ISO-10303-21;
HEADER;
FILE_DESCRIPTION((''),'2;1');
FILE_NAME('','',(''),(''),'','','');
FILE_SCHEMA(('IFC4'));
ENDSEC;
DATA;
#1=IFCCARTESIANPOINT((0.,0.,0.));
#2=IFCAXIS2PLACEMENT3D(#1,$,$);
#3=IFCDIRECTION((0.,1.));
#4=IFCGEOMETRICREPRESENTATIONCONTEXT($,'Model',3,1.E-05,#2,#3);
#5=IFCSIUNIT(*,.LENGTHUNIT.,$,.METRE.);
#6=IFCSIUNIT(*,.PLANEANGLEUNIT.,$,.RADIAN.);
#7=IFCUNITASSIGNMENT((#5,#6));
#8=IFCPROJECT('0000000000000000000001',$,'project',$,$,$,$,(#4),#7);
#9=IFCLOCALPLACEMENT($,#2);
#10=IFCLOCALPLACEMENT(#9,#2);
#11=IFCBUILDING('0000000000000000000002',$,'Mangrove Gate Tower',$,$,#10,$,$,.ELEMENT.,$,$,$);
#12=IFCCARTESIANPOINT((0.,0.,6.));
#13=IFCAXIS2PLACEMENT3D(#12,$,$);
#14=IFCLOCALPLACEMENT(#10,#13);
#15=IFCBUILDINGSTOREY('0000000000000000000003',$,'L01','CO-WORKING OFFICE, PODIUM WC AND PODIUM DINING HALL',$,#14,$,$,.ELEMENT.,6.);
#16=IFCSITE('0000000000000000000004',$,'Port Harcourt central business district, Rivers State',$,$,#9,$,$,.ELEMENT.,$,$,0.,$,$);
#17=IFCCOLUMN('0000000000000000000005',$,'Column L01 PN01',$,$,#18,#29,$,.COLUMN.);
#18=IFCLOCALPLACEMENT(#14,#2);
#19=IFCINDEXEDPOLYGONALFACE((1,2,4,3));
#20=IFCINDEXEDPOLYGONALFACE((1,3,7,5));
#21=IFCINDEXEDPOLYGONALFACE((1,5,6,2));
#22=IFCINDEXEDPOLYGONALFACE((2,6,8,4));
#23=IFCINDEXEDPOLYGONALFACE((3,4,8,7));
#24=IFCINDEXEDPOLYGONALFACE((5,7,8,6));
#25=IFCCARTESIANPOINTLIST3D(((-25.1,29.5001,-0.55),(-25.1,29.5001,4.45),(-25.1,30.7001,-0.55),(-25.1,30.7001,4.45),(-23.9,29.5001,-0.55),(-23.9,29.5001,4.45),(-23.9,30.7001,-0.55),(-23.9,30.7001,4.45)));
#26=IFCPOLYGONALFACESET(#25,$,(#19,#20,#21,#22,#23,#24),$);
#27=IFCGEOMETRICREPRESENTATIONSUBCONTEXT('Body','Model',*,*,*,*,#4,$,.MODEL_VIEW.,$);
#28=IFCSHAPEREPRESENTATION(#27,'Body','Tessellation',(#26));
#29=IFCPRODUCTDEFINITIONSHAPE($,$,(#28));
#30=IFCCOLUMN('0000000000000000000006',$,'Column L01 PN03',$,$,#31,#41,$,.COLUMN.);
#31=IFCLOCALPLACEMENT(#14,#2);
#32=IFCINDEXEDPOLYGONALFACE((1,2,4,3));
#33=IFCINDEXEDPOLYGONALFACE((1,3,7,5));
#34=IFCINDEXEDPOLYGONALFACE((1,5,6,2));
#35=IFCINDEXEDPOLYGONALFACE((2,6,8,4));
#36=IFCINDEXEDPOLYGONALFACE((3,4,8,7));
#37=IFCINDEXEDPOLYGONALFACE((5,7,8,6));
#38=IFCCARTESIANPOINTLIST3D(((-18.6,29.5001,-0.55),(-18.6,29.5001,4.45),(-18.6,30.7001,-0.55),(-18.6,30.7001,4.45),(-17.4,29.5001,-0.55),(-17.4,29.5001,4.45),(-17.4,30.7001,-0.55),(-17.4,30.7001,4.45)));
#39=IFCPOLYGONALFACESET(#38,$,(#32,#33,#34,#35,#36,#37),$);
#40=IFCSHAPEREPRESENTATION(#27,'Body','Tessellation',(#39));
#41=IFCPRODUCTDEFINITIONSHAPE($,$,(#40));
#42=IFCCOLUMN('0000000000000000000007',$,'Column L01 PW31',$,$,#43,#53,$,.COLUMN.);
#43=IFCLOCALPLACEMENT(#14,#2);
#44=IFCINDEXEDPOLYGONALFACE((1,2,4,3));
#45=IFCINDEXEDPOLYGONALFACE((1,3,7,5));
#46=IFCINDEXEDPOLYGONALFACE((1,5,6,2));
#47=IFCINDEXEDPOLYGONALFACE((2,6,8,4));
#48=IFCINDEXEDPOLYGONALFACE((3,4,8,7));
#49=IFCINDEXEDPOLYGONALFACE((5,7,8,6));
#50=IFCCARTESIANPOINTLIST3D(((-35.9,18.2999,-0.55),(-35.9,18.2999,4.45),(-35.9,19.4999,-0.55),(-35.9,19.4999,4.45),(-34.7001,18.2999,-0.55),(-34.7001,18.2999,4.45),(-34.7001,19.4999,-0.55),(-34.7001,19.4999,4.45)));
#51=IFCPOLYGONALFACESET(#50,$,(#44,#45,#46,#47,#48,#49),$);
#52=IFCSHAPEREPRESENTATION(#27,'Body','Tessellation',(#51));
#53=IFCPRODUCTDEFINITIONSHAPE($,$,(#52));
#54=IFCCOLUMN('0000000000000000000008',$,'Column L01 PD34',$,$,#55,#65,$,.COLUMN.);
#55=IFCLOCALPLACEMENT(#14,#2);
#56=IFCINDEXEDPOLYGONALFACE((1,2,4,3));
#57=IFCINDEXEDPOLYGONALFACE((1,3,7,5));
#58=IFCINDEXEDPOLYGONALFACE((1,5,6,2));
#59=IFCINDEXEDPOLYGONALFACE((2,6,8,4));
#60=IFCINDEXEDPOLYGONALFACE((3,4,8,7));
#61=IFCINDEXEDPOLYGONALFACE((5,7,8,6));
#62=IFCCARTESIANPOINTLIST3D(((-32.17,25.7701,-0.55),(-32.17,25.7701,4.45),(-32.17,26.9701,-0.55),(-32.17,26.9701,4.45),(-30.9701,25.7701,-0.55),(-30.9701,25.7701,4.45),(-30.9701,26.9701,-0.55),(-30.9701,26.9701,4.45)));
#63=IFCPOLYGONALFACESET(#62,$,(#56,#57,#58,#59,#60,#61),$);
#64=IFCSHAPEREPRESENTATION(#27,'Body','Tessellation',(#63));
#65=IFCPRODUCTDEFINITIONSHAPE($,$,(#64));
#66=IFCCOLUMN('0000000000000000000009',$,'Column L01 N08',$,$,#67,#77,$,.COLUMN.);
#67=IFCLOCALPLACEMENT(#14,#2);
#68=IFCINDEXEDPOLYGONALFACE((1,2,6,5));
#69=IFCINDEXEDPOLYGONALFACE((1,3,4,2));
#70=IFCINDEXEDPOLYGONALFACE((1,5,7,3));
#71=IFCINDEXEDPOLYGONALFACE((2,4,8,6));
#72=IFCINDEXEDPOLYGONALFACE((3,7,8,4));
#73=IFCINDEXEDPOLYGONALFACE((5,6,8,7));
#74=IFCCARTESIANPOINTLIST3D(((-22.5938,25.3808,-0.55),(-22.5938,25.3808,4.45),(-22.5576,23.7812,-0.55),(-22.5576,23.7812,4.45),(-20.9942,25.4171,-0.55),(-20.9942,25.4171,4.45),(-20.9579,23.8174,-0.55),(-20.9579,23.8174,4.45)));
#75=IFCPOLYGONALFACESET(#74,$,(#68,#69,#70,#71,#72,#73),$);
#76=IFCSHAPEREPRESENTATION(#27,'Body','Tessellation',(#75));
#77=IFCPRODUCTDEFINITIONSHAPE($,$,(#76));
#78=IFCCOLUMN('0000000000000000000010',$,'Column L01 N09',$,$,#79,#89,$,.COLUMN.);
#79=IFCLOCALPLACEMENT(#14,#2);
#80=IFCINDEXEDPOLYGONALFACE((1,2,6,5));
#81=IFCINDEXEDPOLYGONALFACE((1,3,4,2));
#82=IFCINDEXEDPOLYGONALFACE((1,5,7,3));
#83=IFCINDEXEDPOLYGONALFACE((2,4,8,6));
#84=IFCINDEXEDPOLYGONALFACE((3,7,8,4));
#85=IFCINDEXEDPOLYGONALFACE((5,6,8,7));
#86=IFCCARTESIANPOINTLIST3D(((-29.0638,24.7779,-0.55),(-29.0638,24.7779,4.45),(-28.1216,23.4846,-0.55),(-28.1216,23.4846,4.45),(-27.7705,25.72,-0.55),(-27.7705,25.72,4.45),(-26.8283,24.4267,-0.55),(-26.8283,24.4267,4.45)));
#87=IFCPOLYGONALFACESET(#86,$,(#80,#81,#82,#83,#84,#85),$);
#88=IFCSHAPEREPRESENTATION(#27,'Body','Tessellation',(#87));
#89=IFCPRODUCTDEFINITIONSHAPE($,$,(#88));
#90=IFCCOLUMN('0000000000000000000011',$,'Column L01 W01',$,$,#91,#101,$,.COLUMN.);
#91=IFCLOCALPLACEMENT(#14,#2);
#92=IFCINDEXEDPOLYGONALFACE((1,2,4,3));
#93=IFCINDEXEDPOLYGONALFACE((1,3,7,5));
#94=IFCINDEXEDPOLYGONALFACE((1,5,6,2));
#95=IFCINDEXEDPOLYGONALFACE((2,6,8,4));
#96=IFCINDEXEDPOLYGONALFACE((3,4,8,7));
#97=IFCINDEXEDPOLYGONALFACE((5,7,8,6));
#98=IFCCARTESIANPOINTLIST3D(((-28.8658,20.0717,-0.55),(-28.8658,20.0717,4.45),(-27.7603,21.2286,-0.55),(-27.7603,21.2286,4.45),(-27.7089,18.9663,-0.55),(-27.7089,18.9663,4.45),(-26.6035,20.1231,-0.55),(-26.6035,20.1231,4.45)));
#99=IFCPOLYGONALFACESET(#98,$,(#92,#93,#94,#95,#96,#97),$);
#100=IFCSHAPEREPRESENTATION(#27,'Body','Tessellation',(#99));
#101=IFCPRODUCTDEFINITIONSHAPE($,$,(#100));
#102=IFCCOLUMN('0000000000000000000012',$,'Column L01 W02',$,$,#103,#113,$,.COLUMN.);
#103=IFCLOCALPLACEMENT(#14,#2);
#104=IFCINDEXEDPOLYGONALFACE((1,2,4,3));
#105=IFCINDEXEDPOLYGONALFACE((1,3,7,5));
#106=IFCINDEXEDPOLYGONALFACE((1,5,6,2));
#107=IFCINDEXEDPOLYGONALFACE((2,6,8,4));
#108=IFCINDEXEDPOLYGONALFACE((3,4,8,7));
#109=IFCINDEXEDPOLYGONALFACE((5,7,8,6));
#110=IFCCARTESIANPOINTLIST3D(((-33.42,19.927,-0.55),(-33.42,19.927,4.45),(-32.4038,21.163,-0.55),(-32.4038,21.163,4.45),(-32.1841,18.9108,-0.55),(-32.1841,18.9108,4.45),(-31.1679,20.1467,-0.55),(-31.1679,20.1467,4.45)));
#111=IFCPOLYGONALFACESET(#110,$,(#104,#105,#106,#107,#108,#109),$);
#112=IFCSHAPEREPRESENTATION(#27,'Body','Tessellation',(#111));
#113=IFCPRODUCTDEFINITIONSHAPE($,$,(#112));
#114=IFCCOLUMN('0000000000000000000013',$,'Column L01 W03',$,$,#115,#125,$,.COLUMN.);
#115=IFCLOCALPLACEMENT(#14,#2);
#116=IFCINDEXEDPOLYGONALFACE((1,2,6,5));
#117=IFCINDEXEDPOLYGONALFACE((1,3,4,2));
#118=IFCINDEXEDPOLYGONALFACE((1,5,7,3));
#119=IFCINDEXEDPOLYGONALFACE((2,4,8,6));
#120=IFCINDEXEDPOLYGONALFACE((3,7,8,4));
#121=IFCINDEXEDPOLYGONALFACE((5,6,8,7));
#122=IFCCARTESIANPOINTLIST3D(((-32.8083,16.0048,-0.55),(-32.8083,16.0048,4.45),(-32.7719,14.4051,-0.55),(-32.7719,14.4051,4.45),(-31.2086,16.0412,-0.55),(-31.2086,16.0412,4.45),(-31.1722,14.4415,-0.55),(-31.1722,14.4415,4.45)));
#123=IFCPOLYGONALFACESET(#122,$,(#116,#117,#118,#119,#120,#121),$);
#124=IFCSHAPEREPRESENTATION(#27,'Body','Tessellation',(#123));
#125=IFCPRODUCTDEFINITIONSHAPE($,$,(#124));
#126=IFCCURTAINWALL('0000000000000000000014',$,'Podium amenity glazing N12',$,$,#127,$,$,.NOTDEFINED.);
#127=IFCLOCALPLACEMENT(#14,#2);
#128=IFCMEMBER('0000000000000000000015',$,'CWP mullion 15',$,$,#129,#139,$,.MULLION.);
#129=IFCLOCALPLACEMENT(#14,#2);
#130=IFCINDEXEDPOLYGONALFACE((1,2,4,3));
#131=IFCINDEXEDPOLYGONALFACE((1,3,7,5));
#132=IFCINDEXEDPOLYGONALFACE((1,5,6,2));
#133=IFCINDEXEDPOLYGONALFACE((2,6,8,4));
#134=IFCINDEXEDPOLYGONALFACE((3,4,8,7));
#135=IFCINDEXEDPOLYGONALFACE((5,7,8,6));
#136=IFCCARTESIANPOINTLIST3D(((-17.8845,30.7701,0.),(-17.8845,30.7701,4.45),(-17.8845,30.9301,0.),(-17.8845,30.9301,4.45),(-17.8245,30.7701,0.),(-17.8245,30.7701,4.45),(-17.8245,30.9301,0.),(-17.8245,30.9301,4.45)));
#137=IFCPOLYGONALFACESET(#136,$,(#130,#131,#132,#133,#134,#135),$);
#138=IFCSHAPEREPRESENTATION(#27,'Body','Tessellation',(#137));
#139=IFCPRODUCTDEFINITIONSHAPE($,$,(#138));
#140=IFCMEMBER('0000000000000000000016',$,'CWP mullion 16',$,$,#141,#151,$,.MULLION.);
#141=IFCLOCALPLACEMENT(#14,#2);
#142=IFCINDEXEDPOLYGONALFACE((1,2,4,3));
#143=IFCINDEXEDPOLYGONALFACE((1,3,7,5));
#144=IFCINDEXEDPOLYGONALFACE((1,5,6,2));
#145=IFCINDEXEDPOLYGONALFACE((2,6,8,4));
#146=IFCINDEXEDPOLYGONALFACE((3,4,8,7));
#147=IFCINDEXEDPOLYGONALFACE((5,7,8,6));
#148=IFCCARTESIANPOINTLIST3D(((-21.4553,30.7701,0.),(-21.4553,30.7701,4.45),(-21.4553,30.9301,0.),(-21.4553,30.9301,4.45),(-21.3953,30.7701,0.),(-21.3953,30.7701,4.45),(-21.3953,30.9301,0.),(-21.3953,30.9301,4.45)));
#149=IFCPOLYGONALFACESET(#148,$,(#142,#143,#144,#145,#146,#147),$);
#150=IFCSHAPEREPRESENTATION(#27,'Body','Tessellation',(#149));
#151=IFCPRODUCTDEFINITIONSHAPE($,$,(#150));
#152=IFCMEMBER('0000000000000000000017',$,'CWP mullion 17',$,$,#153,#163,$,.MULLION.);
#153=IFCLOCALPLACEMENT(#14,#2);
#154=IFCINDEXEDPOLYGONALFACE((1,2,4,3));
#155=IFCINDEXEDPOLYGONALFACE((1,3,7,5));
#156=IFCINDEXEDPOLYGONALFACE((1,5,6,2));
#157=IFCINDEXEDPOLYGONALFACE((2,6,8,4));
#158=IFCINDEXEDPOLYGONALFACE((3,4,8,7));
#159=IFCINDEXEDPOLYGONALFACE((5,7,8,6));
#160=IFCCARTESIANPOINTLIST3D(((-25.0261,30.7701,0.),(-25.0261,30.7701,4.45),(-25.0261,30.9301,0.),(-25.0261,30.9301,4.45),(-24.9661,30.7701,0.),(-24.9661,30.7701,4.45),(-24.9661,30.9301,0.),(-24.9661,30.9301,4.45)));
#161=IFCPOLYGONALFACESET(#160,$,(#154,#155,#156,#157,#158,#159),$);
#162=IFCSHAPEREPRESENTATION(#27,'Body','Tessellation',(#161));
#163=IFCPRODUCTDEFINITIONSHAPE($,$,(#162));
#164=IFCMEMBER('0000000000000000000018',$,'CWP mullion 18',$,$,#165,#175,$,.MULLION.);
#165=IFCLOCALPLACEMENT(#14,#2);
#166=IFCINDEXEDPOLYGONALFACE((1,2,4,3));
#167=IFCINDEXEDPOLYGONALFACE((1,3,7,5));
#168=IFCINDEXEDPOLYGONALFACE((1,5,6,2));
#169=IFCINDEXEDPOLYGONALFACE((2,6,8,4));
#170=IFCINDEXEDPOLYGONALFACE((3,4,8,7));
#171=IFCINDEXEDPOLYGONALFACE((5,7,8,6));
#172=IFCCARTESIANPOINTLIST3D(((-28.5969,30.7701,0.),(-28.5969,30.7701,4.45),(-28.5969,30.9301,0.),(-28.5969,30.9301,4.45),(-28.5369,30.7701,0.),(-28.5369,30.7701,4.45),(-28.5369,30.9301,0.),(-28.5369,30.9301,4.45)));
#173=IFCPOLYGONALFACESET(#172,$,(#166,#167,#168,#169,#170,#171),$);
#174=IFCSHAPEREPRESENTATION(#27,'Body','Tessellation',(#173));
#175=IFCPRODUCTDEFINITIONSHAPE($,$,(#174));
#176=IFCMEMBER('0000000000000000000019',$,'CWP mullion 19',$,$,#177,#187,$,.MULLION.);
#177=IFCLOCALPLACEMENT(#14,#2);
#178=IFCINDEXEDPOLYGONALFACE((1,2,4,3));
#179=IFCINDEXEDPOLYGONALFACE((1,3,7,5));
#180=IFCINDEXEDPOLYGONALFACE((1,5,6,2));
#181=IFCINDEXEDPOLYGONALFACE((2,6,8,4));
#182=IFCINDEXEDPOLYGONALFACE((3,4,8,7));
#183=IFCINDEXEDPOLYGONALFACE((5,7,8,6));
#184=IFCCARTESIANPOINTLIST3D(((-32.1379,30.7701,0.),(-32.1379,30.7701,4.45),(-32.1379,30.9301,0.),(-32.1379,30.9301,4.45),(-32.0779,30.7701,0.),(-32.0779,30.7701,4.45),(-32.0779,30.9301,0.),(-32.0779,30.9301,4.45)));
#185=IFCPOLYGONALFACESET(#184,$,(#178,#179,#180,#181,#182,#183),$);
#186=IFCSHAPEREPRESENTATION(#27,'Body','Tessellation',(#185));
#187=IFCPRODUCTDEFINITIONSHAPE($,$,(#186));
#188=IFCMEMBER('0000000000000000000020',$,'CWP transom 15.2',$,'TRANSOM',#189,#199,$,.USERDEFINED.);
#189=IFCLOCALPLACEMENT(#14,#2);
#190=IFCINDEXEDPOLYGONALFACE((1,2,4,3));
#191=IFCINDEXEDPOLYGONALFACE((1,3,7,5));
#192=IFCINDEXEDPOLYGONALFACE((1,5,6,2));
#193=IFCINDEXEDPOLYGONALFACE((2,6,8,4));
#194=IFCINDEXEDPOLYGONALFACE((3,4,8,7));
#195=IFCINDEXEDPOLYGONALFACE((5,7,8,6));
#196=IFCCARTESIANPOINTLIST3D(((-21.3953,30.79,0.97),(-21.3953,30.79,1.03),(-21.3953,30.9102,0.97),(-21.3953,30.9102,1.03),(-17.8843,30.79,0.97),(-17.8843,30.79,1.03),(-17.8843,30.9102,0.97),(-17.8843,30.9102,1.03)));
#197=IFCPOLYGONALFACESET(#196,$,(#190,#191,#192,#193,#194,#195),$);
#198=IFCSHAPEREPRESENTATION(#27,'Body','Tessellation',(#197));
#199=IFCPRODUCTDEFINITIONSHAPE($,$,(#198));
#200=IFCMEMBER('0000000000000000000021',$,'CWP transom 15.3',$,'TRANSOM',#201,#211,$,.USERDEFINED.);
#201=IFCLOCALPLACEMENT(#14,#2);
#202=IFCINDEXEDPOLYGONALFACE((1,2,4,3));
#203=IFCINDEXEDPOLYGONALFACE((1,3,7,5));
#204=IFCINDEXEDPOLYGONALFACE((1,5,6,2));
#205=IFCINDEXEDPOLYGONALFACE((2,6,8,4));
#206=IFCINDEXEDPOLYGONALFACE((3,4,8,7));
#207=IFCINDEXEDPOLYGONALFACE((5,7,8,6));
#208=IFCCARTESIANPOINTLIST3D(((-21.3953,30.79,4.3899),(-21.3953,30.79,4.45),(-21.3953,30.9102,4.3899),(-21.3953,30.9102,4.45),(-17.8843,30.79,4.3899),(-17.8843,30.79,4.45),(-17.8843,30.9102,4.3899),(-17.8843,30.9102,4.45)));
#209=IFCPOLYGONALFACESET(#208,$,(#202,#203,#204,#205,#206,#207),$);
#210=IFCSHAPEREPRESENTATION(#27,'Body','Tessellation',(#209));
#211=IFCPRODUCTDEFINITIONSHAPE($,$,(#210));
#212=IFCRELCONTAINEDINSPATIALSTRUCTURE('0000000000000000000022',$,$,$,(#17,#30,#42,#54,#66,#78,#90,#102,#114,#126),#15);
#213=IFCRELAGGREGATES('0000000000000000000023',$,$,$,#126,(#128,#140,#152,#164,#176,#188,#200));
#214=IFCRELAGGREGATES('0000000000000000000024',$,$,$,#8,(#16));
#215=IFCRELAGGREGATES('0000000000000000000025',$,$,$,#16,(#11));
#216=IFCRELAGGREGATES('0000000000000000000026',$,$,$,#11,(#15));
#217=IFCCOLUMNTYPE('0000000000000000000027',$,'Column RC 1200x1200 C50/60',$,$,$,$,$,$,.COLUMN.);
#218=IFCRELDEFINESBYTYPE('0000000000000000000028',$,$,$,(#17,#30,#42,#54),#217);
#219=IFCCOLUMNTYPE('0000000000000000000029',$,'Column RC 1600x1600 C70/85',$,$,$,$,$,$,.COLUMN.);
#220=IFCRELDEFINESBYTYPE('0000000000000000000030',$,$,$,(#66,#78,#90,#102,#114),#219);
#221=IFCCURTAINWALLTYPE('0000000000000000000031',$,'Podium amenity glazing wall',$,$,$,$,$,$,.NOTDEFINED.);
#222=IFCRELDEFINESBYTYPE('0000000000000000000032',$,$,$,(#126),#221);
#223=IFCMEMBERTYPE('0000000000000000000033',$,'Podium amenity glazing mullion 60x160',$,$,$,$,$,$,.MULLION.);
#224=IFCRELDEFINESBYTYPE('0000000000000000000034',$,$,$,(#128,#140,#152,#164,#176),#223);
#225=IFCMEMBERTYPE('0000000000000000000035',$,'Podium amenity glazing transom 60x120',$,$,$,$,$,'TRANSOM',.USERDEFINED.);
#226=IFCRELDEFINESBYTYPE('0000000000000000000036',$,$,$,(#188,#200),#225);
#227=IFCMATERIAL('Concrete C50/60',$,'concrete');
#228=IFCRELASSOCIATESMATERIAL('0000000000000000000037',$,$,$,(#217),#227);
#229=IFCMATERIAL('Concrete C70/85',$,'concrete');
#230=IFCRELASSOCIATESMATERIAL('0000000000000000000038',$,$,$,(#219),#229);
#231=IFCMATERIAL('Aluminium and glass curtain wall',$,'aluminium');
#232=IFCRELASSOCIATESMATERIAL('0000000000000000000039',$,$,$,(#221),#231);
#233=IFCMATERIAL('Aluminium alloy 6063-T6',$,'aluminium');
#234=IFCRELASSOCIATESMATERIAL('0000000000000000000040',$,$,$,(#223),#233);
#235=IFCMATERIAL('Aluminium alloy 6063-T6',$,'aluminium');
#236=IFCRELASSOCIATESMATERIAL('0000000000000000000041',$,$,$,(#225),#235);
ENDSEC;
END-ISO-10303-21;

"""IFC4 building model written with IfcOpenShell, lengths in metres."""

from ifc_helpers import new_model, si_unit, direction, frame, origin, origin_2d, place, context, subcontext, project, spatial, rectangle, extrude, material, material_profile, profile_set, type_object, element, aggregate, save


model = new_model("IFC4")

# Units and contexts
model_context = context("Model", 3, precision=1e-05, world=origin(), true_north=direction((0.0, 1.0)))
body_context = subcontext(model_context, "Body", "Model", "MODEL_VIEW")
ifc_project = project(units=[si_unit("LENGTHUNIT", "METRE"), si_unit("PLANEANGLEUNIT", "RADIAN")], contexts=[model_context])

# Site, building, storey
site_placement = place(None, origin())
site = spatial("IfcSite", under=ifc_project, at=site_placement, Name="Port Harcourt central business district, Rivers State", CompositionType="ELEMENT", RefElevation=0.0)
building_placement = place(site_placement, origin())
building = spatial("IfcBuilding", under=site, at=building_placement, Name="Mangrove Gate Tower", CompositionType="ELEMENT")
storey_placement = place(building_placement, frame((0.0, 0.0, 6.0)))
storey = spatial("IfcBuildingStorey", under=building, at=storey_placement, Name="L01", Description="CO-WORKING OFFICE, PODIUM WC AND PODIUM DINING HALL", CompositionType="ELEMENT", Elevation=6.0)

# Columns
ifc_material_1 = material(Name="Concrete C50/60", Category="concrete")
ifc_material_profile_1 = material_profile(ifc_material_1, rectangle(XDim=1.2, YDim=1.2, at=origin_2d()))
ifc_profile_set_1 = profile_set([ifc_material_profile_1], Name="Concrete C50/60")
column_type_1 = type_object("IfcColumnType", Name="Column RC 1200x1200 C50/60", PredefinedType="COLUMN", material=ifc_profile_set_1)
for number, where, z_axis, x_axis, name in (
    (1, (-24.5, 30.1001, -0.55), (0.0, 0.0, 1.0), (1.0, 0.0, 0.0), "Column L01 PN01"),
    (2, (-18.0, 30.1001, -0.55), (0.0, 0.0, 1.0), (1.0, 0.0, 0.0), "Column L01 PN03"),
    (3, (-35.3, 18.8999, -0.55), (0.0, 0.0, 1.0), (1.0, 0.0, 0.0), "Column L01 PW31"),
    (4, (-31.5701, 26.3701, -0.55), (0.0, 0.0, 1.0), (1.0, 0.0, 0.0), "Column L01 PD34"),
):
    element("IfcColumn", number, at=place(storey_placement, frame(where, z_axis=z_axis, x_axis=x_axis)), inside=storey, type_object=column_type_1, Name=name, PredefinedType="COLUMN", context=body_context, shape_type="SweptSolid", body=[
        extrude(rectangle(XDim=1.2, YDim=1.2, at=origin_2d()), origin(), (0.0, 0.0, 1.0), 5.0),
    ])
ifc_material_2 = material(Name="Concrete C70/85", Category="concrete")
ifc_material_profile_2 = material_profile(ifc_material_2, rectangle(XDim=1.6001, YDim=1.6001, at=origin_2d()))
ifc_profile_set_2 = profile_set([ifc_material_profile_2], Name="Concrete C70/85")
column_type_2 = type_object("IfcColumnType", Name="Column RC 1600x1600 C70/85", PredefinedType="COLUMN", material=ifc_profile_set_2)
for number, where, z_axis, x_axis, name in (
    (5, (-21.7759, 24.5991, -0.55), (0.0, 0.0, 1.0), (-0.999744, -0.022643, 0.0), "Column L01 N08"),
    (6, (-27.946, 24.6023, -0.55), (0.0, 0.0, 1.0), (-0.808269, -0.588813, 0.0), "Column L01 N09"),
    (7, (-27.7346, 20.0974, -0.55), (0.0, 0.0, 1.0), (-0.690863, -0.722986, 0.0), "Column L01 W01"),
    (8, (-32.2939, 20.0369, -0.55), (0.0, 0.0, 1.0), (-0.635105, -0.772425, 0.0), "Column L01 W02"),
    (9, (-31.9902, 15.2231, -0.55), (0.0, 0.0, 1.0), (0.022747, -0.999741, 0.0), "Column L01 W03"),
):
    element("IfcColumn", number, at=place(storey_placement, frame(where, z_axis=z_axis, x_axis=x_axis)), inside=storey, type_object=column_type_2, Name=name, PredefinedType="COLUMN", context=body_context, shape_type="SweptSolid", body=[
        extrude(rectangle(XDim=1.6001, YDim=1.6001, at=origin_2d()), origin(), (0.0, 0.0, 1.0), 5.0),
    ])

# Curtain wall, members
ifc_material_3 = material(Name="Aluminium and glass curtain wall", Category="aluminium")
curtain_wall_type = type_object("IfcCurtainWallType", Name="Podium amenity glazing wall", PredefinedType="NOTDEFINED", material=ifc_material_3)
curtain_wall_placement = place(storey_placement, origin())
curtain_wall = element("IfcCurtainWall", 10, at=curtain_wall_placement, inside=storey, type_object=curtain_wall_type, Name="Podium amenity glazing N12", PredefinedType="NOTDEFINED")
ifc_material_4 = material(Name="Aluminium alloy 6063-T6", Category="aluminium")
ifc_material_profile_3 = material_profile(ifc_material_4, rectangle(XDim=0.0601, YDim=0.1599, at=origin_2d()))
ifc_profile_set_3 = profile_set([ifc_material_profile_3], Name="Aluminium alloy 6063-T6")
member_type_1 = type_object("IfcMemberType", Name="Podium amenity glazing mullion 60x160", PredefinedType="MULLION", material=ifc_profile_set_3)
member_1_placement = place(storey_placement, frame((-17.8545, 30.8501, 0.0), z_axis=(0.0, 0.0, 1.0), x_axis=(-1.0, 0.0, 0.0)))
member_1 = element("IfcMember", 11, at=member_1_placement, type_object=member_type_1, Name="CWP mullion 15", PredefinedType="MULLION", context=body_context, shape_type="SweptSolid", body=[
    extrude(rectangle(XDim=0.0601, YDim=0.1599, at=origin_2d()), origin(), (0.0, 0.0, 1.0), 4.45),
])
member_2_placement = place(storey_placement, frame((-21.4253, 30.8501, 0.0), z_axis=(0.0, 0.0, 1.0), x_axis=(-1.0, 0.0, 0.0)))
member_2 = element("IfcMember", 12, at=member_2_placement, type_object=member_type_1, Name="CWP mullion 16", PredefinedType="MULLION", context=body_context, shape_type="SweptSolid", body=[
    extrude(rectangle(XDim=0.0601, YDim=0.1599, at=origin_2d()), origin(), (0.0, 0.0, 1.0), 4.45),
])
member_3_placement = place(storey_placement, frame((-24.9961, 30.8501, 0.0), z_axis=(0.0, 0.0, 1.0), x_axis=(-1.0, 0.0, 0.0)))
member_3 = element("IfcMember", 13, at=member_3_placement, type_object=member_type_1, Name="CWP mullion 17", PredefinedType="MULLION", context=body_context, shape_type="SweptSolid", body=[
    extrude(rectangle(XDim=0.0601, YDim=0.1599, at=origin_2d()), origin(), (0.0, 0.0, 1.0), 4.45),
])
member_4_placement = place(storey_placement, frame((-28.5669, 30.8501, 0.0), z_axis=(0.0, 0.0, 1.0), x_axis=(-1.0, 0.0, 0.0)))
member_4 = element("IfcMember", 14, at=member_4_placement, type_object=member_type_1, Name="CWP mullion 18", PredefinedType="MULLION", context=body_context, shape_type="SweptSolid", body=[
    extrude(rectangle(XDim=0.0601, YDim=0.1599, at=origin_2d()), origin(), (0.0, 0.0, 1.0), 4.45),
])
member_5_placement = place(storey_placement, frame((-32.1079, 30.8501, 0.0), z_axis=(0.0, 0.0, 1.0), x_axis=(-1.0, 0.0, 0.0)))
member_5 = element("IfcMember", 15, at=member_5_placement, type_object=member_type_1, Name="CWP mullion 19", PredefinedType="MULLION", context=body_context, shape_type="SweptSolid", body=[
    extrude(rectangle(XDim=0.0601, YDim=0.1599, at=origin_2d()), origin(), (0.0, 0.0, 1.0), 4.45),
])
ifc_material_5 = material(Name="Aluminium alloy 6063-T6", Category="aluminium")
ifc_material_profile_4 = material_profile(ifc_material_5, rectangle(XDim=0.0601, YDim=0.1201, at=origin_2d()))
ifc_profile_set_4 = profile_set([ifc_material_profile_4], Name="Aluminium alloy 6063-T6")
member_type_2 = type_object("IfcMemberType", Name="Podium amenity glazing transom 60x120", ElementType="TRANSOM", PredefinedType="USERDEFINED", material=ifc_profile_set_4)
member_6_placement = place(storey_placement, frame((-17.8843, 30.8501, 1.0), z_axis=(-1.0, 0.0, 0.0), x_axis=(0.0, 0.0, 1.0)))
member_6 = element("IfcMember", 16, at=member_6_placement, type_object=member_type_2, Name="CWP transom 15.2", ObjectType="TRANSOM", PredefinedType="USERDEFINED", context=body_context, shape_type="SweptSolid", body=[
    extrude(rectangle(XDim=0.0601, YDim=0.1201, at=origin_2d()), origin(), (0.0, 0.0, 1.0), 3.511),
])
member_7_placement = place(storey_placement, frame((-17.8843, 30.8501, 4.4199), z_axis=(-1.0, 0.0, 0.0), x_axis=(0.0, 0.0, 1.0)))
member_7 = element("IfcMember", 17, at=member_7_placement, type_object=member_type_2, Name="CWP transom 15.3", ObjectType="TRANSOM", PredefinedType="USERDEFINED", context=body_context, shape_type="SweptSolid", body=[
    extrude(rectangle(XDim=0.0601, YDim=0.1201, at=origin_2d()), origin(), (0.0, 0.0, 1.0), 3.511),
])
aggregate(curtain_wall, [member_1, member_2, member_3, member_4, member_5, member_6, member_7])

save(model, "model.ifc")
